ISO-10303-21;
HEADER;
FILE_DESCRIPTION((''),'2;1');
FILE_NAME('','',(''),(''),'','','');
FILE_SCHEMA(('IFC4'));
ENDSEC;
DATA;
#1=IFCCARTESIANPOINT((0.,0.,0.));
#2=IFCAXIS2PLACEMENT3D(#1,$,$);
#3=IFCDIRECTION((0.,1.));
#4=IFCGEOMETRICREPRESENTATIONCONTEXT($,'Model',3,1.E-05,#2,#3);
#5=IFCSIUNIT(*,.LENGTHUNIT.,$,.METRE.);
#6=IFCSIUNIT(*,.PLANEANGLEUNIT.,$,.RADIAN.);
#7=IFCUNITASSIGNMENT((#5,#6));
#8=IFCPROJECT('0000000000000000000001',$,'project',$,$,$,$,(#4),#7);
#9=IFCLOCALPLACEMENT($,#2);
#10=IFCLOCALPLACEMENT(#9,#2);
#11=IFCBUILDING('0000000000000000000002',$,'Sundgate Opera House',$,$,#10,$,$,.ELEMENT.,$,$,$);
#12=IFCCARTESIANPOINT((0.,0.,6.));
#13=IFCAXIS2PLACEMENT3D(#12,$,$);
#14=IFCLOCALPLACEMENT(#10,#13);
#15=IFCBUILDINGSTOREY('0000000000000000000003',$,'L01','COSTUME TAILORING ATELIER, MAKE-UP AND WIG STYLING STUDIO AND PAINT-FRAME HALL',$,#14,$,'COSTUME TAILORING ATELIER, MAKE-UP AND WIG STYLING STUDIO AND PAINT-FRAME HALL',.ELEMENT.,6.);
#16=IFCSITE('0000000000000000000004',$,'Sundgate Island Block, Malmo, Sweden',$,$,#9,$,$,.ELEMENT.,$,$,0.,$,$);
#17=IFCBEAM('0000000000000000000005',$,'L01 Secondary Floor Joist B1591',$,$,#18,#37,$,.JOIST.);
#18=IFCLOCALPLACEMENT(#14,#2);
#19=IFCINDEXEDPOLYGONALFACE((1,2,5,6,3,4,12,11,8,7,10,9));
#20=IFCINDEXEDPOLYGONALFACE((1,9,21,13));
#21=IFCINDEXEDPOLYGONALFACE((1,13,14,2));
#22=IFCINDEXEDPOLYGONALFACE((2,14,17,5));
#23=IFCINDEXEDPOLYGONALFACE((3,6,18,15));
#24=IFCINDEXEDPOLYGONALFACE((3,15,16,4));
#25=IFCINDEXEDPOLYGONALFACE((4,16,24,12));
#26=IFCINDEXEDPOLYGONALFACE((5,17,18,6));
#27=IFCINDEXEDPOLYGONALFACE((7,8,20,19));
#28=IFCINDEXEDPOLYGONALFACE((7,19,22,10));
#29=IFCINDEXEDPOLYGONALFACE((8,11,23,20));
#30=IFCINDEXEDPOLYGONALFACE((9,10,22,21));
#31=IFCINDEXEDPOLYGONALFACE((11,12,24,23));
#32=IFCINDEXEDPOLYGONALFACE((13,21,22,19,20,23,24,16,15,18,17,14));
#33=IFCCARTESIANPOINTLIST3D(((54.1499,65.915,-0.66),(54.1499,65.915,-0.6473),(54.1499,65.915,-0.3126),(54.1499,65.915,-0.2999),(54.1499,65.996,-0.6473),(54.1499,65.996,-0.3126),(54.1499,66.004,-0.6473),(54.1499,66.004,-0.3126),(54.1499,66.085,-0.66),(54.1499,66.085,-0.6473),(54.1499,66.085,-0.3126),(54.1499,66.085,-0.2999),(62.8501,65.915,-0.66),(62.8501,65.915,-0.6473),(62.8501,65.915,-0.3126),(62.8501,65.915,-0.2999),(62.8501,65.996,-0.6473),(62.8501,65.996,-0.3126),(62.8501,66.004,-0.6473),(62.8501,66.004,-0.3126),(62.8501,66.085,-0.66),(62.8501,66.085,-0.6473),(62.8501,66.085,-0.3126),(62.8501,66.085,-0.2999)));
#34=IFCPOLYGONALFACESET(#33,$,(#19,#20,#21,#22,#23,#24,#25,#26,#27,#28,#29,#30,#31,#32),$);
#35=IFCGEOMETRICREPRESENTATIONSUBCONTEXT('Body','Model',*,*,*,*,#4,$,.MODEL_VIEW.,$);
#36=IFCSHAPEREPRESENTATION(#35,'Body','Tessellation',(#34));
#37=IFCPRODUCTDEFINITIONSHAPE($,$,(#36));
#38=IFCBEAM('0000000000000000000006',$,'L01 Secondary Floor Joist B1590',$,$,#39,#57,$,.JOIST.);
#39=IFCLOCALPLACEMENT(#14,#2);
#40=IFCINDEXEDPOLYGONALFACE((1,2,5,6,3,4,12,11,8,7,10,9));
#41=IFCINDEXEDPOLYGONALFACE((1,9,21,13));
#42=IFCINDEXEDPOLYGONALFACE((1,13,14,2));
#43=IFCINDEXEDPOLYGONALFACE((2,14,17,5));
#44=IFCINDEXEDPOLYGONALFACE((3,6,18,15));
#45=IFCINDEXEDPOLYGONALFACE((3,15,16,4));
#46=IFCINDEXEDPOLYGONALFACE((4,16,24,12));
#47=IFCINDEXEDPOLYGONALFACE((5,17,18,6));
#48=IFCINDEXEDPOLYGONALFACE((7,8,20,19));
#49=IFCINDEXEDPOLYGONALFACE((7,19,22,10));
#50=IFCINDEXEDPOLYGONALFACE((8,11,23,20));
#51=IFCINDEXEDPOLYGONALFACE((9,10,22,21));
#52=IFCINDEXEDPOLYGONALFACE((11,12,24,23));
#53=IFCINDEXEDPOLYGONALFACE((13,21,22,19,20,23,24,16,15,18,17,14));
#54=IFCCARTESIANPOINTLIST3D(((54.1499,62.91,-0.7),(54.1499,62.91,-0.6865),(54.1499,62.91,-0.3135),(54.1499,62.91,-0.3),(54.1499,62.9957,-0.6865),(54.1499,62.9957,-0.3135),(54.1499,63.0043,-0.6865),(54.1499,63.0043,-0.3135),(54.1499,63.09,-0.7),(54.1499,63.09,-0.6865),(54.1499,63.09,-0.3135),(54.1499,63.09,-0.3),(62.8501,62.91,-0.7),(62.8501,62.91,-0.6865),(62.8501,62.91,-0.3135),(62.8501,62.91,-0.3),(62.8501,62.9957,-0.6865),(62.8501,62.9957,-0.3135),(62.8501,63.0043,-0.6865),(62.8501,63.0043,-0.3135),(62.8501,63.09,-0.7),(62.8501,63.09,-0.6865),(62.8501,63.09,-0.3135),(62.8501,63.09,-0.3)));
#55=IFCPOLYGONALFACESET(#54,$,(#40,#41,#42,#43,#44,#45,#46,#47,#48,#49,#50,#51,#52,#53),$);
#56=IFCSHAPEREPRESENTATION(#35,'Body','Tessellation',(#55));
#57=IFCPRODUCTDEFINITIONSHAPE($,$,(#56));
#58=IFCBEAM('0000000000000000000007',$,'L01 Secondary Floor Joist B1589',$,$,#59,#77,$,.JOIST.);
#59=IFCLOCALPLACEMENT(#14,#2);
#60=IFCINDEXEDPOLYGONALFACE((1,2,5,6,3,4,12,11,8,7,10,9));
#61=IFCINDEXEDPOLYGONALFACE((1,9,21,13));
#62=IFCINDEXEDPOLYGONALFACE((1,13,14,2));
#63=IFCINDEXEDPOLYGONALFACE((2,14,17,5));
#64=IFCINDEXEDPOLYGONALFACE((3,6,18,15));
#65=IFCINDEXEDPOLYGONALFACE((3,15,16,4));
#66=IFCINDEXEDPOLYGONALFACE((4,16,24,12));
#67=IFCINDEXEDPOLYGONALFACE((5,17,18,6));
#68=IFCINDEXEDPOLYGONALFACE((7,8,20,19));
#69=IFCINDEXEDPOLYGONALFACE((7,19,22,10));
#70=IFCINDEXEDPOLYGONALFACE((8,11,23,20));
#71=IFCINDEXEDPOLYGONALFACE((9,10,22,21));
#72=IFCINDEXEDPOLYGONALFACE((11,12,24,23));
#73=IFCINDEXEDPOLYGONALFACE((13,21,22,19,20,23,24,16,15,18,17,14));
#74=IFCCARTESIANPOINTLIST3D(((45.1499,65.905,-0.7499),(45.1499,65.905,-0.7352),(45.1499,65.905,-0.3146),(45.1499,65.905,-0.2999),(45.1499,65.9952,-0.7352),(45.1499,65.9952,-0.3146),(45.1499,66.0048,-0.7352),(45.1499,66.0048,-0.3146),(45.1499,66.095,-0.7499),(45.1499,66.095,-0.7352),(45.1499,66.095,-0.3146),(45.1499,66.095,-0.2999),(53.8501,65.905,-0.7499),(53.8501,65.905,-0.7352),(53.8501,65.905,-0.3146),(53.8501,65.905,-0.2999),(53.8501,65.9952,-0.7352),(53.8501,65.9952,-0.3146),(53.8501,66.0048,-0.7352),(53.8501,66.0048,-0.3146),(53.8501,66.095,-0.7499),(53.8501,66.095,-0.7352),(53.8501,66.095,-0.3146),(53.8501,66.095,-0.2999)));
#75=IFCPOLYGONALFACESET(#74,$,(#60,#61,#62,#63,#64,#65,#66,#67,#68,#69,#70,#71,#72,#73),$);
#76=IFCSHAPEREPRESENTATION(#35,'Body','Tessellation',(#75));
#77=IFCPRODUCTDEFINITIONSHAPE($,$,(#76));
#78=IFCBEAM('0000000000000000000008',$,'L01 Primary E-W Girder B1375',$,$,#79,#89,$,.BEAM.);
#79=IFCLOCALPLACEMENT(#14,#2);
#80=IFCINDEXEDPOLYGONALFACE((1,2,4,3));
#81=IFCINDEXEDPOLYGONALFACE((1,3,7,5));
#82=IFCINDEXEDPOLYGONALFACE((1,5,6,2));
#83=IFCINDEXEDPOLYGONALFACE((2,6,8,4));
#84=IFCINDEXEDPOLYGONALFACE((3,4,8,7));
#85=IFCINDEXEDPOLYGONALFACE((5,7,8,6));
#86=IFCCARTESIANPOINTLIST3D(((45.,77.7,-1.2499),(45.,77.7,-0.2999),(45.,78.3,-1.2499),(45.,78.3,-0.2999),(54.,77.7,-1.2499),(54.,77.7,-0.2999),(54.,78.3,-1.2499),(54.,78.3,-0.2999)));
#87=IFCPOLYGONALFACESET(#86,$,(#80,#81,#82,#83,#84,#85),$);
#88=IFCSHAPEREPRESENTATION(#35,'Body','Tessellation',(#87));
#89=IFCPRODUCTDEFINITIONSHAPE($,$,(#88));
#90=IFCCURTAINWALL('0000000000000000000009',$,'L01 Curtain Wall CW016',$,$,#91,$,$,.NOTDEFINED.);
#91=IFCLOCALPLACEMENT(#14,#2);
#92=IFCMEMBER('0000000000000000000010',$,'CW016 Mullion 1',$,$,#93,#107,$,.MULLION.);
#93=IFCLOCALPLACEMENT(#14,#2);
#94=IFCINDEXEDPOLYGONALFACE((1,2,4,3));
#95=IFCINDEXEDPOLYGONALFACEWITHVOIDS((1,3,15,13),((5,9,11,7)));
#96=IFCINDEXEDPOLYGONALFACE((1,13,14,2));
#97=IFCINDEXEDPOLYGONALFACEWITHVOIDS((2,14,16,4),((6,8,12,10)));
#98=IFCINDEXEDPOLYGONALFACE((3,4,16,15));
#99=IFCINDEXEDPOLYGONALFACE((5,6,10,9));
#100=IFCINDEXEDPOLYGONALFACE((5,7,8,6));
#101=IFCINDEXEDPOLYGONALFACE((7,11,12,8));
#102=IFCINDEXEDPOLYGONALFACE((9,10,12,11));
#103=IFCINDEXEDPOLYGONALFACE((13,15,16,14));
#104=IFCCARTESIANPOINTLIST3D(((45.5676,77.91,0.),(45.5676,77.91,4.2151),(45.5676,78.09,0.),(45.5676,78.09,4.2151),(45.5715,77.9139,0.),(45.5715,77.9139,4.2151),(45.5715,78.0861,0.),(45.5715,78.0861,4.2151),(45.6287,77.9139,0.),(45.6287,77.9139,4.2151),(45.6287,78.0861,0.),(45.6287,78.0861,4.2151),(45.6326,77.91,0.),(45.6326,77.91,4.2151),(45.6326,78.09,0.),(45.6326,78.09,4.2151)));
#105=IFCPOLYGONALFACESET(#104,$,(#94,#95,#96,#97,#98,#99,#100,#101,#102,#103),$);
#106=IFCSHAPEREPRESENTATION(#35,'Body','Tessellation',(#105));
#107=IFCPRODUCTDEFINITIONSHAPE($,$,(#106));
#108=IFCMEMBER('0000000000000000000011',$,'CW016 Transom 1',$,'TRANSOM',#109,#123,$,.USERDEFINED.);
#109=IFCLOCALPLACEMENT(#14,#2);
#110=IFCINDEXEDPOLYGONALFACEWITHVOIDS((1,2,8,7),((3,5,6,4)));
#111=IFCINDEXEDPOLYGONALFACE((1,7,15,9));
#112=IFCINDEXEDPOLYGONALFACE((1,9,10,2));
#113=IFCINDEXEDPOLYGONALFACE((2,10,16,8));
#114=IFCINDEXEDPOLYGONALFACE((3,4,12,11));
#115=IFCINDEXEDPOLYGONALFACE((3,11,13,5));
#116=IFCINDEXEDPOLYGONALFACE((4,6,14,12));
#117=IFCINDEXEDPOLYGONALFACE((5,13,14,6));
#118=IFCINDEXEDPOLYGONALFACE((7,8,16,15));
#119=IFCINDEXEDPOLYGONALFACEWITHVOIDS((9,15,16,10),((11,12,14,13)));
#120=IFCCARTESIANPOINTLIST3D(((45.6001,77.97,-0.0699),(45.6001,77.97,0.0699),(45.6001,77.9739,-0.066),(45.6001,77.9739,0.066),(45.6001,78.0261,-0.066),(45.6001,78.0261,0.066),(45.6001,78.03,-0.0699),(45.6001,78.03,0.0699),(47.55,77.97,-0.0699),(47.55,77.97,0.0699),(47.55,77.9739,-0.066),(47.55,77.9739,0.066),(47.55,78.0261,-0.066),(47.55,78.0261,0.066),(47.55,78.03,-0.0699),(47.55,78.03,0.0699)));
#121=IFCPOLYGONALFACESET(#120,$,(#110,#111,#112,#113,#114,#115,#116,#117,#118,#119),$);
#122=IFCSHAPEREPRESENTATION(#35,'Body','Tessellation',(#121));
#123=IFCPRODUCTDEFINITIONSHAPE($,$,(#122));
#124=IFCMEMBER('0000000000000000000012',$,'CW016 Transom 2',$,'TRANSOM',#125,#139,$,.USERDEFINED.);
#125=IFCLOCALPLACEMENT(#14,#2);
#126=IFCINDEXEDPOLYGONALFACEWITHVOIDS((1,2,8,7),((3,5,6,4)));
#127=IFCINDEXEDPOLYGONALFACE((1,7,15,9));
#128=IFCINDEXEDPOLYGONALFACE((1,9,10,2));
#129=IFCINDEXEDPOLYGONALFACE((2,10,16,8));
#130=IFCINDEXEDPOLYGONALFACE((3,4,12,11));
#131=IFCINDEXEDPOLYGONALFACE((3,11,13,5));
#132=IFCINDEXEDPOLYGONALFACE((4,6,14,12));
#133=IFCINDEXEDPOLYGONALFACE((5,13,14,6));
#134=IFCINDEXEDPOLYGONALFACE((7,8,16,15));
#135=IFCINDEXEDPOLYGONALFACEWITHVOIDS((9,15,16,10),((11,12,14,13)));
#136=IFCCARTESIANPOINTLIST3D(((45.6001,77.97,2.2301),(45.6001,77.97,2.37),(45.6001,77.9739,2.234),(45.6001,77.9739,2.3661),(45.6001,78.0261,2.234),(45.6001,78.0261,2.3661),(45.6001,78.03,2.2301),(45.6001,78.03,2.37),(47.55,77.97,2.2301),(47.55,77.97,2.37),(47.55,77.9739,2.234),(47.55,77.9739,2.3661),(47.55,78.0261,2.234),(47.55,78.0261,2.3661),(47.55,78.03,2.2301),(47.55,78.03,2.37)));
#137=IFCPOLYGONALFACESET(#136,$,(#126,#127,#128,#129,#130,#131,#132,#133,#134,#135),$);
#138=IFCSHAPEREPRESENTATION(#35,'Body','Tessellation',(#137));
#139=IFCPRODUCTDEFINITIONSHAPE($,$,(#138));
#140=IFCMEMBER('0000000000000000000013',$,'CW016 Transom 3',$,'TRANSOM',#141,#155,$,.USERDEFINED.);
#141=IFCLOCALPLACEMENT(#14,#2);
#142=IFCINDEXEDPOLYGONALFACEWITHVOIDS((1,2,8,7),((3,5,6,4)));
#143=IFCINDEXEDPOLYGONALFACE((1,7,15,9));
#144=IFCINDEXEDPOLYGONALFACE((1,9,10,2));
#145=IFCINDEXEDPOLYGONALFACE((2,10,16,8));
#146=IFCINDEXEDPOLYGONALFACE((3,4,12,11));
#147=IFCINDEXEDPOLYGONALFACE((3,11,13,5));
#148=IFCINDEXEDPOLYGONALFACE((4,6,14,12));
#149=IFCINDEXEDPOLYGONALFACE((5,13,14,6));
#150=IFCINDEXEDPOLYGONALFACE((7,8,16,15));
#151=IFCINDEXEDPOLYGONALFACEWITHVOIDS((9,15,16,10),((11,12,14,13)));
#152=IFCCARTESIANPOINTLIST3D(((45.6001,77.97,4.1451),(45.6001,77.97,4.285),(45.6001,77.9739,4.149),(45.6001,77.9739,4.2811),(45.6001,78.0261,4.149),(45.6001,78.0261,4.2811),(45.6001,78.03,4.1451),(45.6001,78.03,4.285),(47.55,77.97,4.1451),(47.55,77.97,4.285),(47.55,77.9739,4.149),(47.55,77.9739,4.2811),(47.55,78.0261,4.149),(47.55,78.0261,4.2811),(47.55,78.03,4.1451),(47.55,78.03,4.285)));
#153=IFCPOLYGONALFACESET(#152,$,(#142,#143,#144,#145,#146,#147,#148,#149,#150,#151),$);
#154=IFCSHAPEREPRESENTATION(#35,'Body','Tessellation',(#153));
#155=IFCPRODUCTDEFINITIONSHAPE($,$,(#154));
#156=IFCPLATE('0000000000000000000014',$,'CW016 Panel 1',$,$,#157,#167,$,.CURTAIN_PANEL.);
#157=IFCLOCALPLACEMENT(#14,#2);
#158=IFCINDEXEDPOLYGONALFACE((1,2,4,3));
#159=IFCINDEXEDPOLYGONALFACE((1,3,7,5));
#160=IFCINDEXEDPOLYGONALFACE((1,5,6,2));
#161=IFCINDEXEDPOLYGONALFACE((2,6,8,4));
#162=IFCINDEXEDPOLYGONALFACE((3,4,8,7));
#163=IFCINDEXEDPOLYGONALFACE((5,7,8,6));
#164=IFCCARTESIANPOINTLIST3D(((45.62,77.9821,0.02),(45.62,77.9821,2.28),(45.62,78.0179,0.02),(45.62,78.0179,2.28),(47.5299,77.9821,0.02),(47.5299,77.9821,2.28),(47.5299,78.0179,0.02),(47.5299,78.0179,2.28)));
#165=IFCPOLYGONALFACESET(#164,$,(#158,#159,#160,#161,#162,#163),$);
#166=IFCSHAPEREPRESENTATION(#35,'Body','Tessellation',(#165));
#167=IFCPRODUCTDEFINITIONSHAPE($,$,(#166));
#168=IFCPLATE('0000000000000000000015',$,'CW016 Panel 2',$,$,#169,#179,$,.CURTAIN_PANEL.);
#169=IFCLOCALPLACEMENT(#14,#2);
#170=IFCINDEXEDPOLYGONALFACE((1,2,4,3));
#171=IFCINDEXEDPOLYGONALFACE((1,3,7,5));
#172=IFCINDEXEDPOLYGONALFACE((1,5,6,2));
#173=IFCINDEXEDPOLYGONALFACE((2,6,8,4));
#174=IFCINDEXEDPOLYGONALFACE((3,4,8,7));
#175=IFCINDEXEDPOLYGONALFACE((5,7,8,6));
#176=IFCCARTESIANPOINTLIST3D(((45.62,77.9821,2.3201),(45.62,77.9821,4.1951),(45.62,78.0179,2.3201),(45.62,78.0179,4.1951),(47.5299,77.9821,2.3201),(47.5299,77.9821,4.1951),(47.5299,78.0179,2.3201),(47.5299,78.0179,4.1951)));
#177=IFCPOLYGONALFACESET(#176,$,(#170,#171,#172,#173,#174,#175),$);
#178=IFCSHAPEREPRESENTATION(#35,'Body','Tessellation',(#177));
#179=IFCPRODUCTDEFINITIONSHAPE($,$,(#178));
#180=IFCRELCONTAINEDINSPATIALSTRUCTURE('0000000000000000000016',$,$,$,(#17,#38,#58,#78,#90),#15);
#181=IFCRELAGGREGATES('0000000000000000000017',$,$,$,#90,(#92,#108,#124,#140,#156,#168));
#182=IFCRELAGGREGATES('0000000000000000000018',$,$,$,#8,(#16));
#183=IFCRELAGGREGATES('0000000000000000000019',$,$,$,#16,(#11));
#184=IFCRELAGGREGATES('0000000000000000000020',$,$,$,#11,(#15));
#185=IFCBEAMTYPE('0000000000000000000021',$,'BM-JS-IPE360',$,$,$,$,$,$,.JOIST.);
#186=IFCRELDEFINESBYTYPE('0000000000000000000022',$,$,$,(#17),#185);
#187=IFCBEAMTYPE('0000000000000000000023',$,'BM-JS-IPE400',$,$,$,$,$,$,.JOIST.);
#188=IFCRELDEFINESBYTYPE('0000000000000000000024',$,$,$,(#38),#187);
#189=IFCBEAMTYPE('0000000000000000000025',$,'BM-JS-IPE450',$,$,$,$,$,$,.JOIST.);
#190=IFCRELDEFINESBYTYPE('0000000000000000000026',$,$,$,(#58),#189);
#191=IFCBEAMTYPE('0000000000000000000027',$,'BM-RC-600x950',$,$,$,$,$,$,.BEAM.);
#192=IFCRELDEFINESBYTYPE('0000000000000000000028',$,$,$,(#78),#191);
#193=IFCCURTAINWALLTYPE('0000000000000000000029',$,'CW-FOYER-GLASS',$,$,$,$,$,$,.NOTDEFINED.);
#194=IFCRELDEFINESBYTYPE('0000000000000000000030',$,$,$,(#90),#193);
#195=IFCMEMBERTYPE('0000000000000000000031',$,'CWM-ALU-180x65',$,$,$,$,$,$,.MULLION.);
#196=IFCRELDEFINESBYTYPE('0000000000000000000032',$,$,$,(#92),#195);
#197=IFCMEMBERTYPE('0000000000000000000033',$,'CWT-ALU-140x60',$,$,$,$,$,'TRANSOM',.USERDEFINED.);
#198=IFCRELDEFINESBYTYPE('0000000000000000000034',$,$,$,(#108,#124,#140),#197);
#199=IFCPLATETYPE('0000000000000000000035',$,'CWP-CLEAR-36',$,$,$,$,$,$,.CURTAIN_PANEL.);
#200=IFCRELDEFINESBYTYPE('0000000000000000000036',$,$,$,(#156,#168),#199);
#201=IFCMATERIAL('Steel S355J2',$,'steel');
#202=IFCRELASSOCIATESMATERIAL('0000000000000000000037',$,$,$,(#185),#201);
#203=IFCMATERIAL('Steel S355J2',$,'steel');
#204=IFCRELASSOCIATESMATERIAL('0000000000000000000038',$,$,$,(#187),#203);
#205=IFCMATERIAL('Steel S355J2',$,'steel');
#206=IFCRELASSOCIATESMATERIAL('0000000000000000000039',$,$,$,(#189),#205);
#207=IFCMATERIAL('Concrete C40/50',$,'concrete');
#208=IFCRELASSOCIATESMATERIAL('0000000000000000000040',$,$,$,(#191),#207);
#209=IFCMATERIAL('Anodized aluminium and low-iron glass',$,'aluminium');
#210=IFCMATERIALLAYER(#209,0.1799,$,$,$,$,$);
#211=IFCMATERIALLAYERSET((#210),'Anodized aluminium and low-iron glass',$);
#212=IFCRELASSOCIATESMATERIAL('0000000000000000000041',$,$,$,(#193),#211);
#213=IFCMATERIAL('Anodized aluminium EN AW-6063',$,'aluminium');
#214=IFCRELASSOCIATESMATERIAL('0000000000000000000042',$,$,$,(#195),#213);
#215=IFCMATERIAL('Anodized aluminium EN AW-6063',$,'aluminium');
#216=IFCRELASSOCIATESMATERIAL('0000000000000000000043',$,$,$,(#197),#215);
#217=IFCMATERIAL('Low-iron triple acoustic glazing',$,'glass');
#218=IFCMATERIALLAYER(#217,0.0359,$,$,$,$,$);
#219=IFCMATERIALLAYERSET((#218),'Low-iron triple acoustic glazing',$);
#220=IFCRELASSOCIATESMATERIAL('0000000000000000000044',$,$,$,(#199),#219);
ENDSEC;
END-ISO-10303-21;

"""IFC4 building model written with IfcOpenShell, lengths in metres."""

from ifc_helpers import new_model, si_unit, direction, frame, origin, origin_2d, place, context, subcontext, project, spatial, rectangle, hollow_rectangle, i_section, extrude, material, layer, layer_set, material_profile, profile_set, type_object, element, aggregate, save


model = new_model("IFC4")

# Units and contexts
model_context = context("Model", 3, precision=1e-05, world=origin(), true_north=direction((0.0, 1.0)))
body_context = subcontext(model_context, "Body", "Model", "MODEL_VIEW")
ifc_project = project(units=[si_unit("LENGTHUNIT", "METRE"), si_unit("PLANEANGLEUNIT", "RADIAN")], contexts=[model_context])

# Site, building, storey
site_placement = place(None, origin())
site = spatial("IfcSite", under=ifc_project, at=site_placement, Name="Sundgate Island Block, Malmo, Sweden", CompositionType="ELEMENT", RefElevation=0.0)
building_placement = place(site_placement, origin())
building = spatial("IfcBuilding", under=site, at=building_placement, Name="Sundgate Opera House", CompositionType="ELEMENT")
storey_placement = place(building_placement, frame((0.0, 0.0, 6.0)))
storey = spatial("IfcBuildingStorey", under=building, at=storey_placement, Name="L01", Description="COSTUME TAILORING ATELIER, MAKE-UP AND WIG STYLING STUDIO AND PAINT-FRAME HALL", LongName="COSTUME TAILORING ATELIER, MAKE-UP AND WIG STYLING STUDIO AND PAINT-FRAME HALL", CompositionType="ELEMENT", Elevation=6.0)

# Beams
ifc_material_1 = material(Name="Steel S355J2", Category="steel")
ifc_material_profile_1 = material_profile(ifc_material_1, i_section(OverallWidth=0.1699, OverallDepth=0.3601, WebThickness=0.0081, FlangeThickness=0.0127, at=origin_2d()), Name="IPE 360")
ifc_profile_set_1 = profile_set([ifc_material_profile_1], Name="Steel S355J2")
beam_type_1 = type_object("IfcBeamType", Name="BM-JS-IPE360", PredefinedType="JOIST", material=ifc_profile_set_1)
beam_1_placement = place(storey_placement, frame((54.1499, 66.0, -0.48), z_axis=(1.0, 0.0, 0.0), x_axis=(0.0, 1.0, 0.0)))
element("IfcBeam", 1, at=beam_1_placement, inside=storey, type_object=beam_type_1, Name="L01 Secondary Floor Joist B1591", PredefinedType="JOIST", context=body_context, shape_type="SweptSolid", body=[
    extrude(i_section(OverallWidth=0.1699, OverallDepth=0.3601, WebThickness=0.0081, FlangeThickness=0.0127, at=origin_2d()), origin(), (0.0, 0.0, 1.0), 8.7002),
])
ifc_material_2 = material(Name="Steel S355J2", Category="steel")
ifc_material_profile_2 = material_profile(ifc_material_2, i_section(OverallWidth=0.1799, OverallDepth=0.3999, WebThickness=0.0085, FlangeThickness=0.0134, at=origin_2d()), Name="IPE 400")
ifc_profile_set_2 = profile_set([ifc_material_profile_2], Name="Steel S355J2")
beam_type_2 = type_object("IfcBeamType", Name="BM-JS-IPE400", PredefinedType="JOIST", material=ifc_profile_set_2)
beam_2_placement = place(storey_placement, frame((54.1499, 63.0, -0.5), z_axis=(1.0, 0.0, 0.0), x_axis=(0.0, 1.0, 0.0)))
element("IfcBeam", 2, at=beam_2_placement, inside=storey, type_object=beam_type_2, Name="L01 Secondary Floor Joist B1590", PredefinedType="JOIST", context=body_context, shape_type="SweptSolid", body=[
    extrude(i_section(OverallWidth=0.1799, OverallDepth=0.3999, WebThickness=0.0085, FlangeThickness=0.0134, at=origin_2d()), origin(), (0.0, 0.0, 1.0), 8.7002),
])
ifc_material_3 = material(Name="Steel S355J2", Category="steel")
ifc_material_profile_3 = material_profile(ifc_material_3, i_section(OverallWidth=0.1899, OverallDepth=0.45, WebThickness=0.0095, FlangeThickness=0.0146, at=origin_2d()), Name="IPE 450")
ifc_profile_set_3 = profile_set([ifc_material_profile_3], Name="Steel S355J2")
beam_type_3 = type_object("IfcBeamType", Name="BM-JS-IPE450", PredefinedType="JOIST", material=ifc_profile_set_3)
beam_3_placement = place(storey_placement, frame((45.1499, 66.0, -0.5249), z_axis=(1.0, 0.0, 0.0), x_axis=(0.0, 1.0, 0.0)))
element("IfcBeam", 3, at=beam_3_placement, inside=storey, type_object=beam_type_3, Name="L01 Secondary Floor Joist B1589", PredefinedType="JOIST", context=body_context, shape_type="SweptSolid", body=[
    extrude(i_section(OverallWidth=0.1899, OverallDepth=0.45, WebThickness=0.0095, FlangeThickness=0.0146, at=origin_2d()), origin(), (0.0, 0.0, 1.0), 8.7002),
])
ifc_material_4 = material(Name="Concrete C40/50", Category="concrete")
ifc_material_profile_4 = material_profile(ifc_material_4, rectangle(XDim=0.6001, YDim=0.95, at=origin_2d()), Name="RC 600x950")
ifc_profile_set_4 = profile_set([ifc_material_profile_4], Name="Concrete C40/50")
beam_type_4 = type_object("IfcBeamType", Name="BM-RC-600x950", PredefinedType="BEAM", material=ifc_profile_set_4)
beam_4_placement = place(storey_placement, frame((45.0, 78.0, -0.7749), z_axis=(1.0, 0.0, 0.0), x_axis=(0.0, 1.0, 0.0)))
element("IfcBeam", 4, at=beam_4_placement, inside=storey, type_object=beam_type_4, Name="L01 Primary E-W Girder B1375", PredefinedType="BEAM", context=body_context, shape_type="SweptSolid", body=[
    extrude(rectangle(XDim=0.6001, YDim=0.95, at=origin_2d()), origin(), (0.0, 0.0, 1.0), 9.0),
])

# Curtain wall, members, plates
ifc_material_5 = material(Name="Anodized aluminium and low-iron glass", Category="aluminium")
ifc_layer_1 = layer(ifc_material_5, 0.1799)
ifc_layer_set_1 = layer_set([ifc_layer_1], Name="Anodized aluminium and low-iron glass")
curtain_wall_type = type_object("IfcCurtainWallType", Name="CW-FOYER-GLASS", PredefinedType="NOTDEFINED", material=ifc_layer_set_1)
curtain_wall_placement = place(storey_placement, origin())
curtain_wall = element("IfcCurtainWall", 5, at=curtain_wall_placement, inside=storey, type_object=curtain_wall_type, Name="L01 Curtain Wall CW016", PredefinedType="NOTDEFINED")
ifc_material_6 = material(Name="Anodized aluminium EN AW-6063", Category="aluminium")
ifc_material_profile_5 = material_profile(ifc_material_6, hollow_rectangle(XDim=0.0649, YDim=0.1799, WallThickness=0.0039, at=origin_2d()), Name="CWM 180x65x4")
ifc_profile_set_5 = profile_set([ifc_material_profile_5], Name="Anodized aluminium EN AW-6063")
member_type_1 = type_object("IfcMemberType", Name="CWM-ALU-180x65", PredefinedType="MULLION", material=ifc_profile_set_5)
member_1_placement = place(storey_placement, frame((45.6001, 78.0, 0.0), z_axis=(0.0, 0.0, 1.0), x_axis=(1.0, 0.0, 0.0)))
member_1 = element("IfcMember", 6, at=member_1_placement, type_object=member_type_1, Name="CW016 Mullion 1", PredefinedType="MULLION", context=body_context, shape_type="SweptSolid", body=[
    extrude(hollow_rectangle(XDim=0.0649, YDim=0.1799, WallThickness=0.0039, at=origin_2d()), origin(), (0.0, 0.0, 1.0), 4.2151),
])
ifc_material_7 = material(Name="Anodized aluminium EN AW-6063", Category="aluminium")
ifc_material_profile_6 = material_profile(ifc_material_7, hollow_rectangle(XDim=0.0601, YDim=0.1399, WallThickness=0.0039, at=origin_2d()), Name="CWT 140x60x4")
ifc_profile_set_6 = profile_set([ifc_material_profile_6], Name="Anodized aluminium EN AW-6063")
member_type_2 = type_object("IfcMemberType", Name="CWT-ALU-140x60", ElementType="TRANSOM", PredefinedType="USERDEFINED", material=ifc_profile_set_6)
member_2_placement = place(storey_placement, frame((45.6001, 78.0, 0.0), z_axis=(1.0, 0.0, 0.0), x_axis=(0.0, 1.0, 0.0)))
member_2 = element("IfcMember", 7, at=member_2_placement, type_object=member_type_2, Name="CW016 Transom 1", ObjectType="TRANSOM", PredefinedType="USERDEFINED", context=body_context, shape_type="SweptSolid", body=[
    extrude(hollow_rectangle(XDim=0.0601, YDim=0.1399, WallThickness=0.0039, at=origin_2d()), origin(), (0.0, 0.0, 1.0), 1.95),
])
member_3_placement = place(storey_placement, frame((45.6001, 78.0, 2.3), z_axis=(1.0, 0.0, 0.0), x_axis=(0.0, 1.0, 0.0)))
member_3 = element("IfcMember", 8, at=member_3_placement, type_object=member_type_2, Name="CW016 Transom 2", ObjectType="TRANSOM", PredefinedType="USERDEFINED", context=body_context, shape_type="SweptSolid", body=[
    extrude(hollow_rectangle(XDim=0.0601, YDim=0.1399, WallThickness=0.0039, at=origin_2d()), origin(), (0.0, 0.0, 1.0), 1.95),
])
member_4_placement = place(storey_placement, frame((45.6001, 78.0, 4.2151), z_axis=(1.0, 0.0, 0.0), x_axis=(0.0, 1.0, 0.0)))
member_4 = element("IfcMember", 9, at=member_4_placement, type_object=member_type_2, Name="CW016 Transom 3", ObjectType="TRANSOM", PredefinedType="USERDEFINED", context=body_context, shape_type="SweptSolid", body=[
    extrude(hollow_rectangle(XDim=0.0601, YDim=0.1399, WallThickness=0.0039, at=origin_2d()), origin(), (0.0, 0.0, 1.0), 1.95),
])
ifc_material_8 = material(Name="Low-iron triple acoustic glazing", Category="glass")
ifc_layer_2 = layer(ifc_material_8, 0.0359)
ifc_layer_set_2 = layer_set([ifc_layer_2], Name="Low-iron triple acoustic glazing")
plate_type = type_object("IfcPlateType", Name="CWP-CLEAR-36", PredefinedType="CURTAIN_PANEL", material=ifc_layer_set_2)
plate_1_placement = place(storey_placement, frame((46.575, 78.0, 0.02), z_axis=(0.0, 0.0, 1.0), x_axis=(1.0, 0.0, 0.0)))
plate_1 = element("IfcPlate", 10, at=plate_1_placement, type_object=plate_type, Name="CW016 Panel 1", PredefinedType="CURTAIN_PANEL", context=body_context, shape_type="SweptSolid", body=[
    extrude(rectangle(XDim=1.9099, YDim=0.0359, at=origin_2d()), origin(), (0.0, 0.0, 1.0), 2.26),
])
plate_2_placement = place(storey_placement, frame((46.575, 78.0, 2.3201), z_axis=(0.0, 0.0, 1.0), x_axis=(1.0, 0.0, 0.0)))
plate_2 = element("IfcPlate", 11, at=plate_2_placement, type_object=plate_type, Name="CW016 Panel 2", PredefinedType="CURTAIN_PANEL", context=body_context, shape_type="SweptSolid", body=[
    extrude(rectangle(XDim=1.9099, YDim=0.0359, at=origin_2d()), origin(), (0.0, 0.0, 1.0), 1.875),
])
aggregate(curtain_wall, [member_1, member_2, member_3, member_4, plate_1, plate_2])

save(model, "model.ifc")
